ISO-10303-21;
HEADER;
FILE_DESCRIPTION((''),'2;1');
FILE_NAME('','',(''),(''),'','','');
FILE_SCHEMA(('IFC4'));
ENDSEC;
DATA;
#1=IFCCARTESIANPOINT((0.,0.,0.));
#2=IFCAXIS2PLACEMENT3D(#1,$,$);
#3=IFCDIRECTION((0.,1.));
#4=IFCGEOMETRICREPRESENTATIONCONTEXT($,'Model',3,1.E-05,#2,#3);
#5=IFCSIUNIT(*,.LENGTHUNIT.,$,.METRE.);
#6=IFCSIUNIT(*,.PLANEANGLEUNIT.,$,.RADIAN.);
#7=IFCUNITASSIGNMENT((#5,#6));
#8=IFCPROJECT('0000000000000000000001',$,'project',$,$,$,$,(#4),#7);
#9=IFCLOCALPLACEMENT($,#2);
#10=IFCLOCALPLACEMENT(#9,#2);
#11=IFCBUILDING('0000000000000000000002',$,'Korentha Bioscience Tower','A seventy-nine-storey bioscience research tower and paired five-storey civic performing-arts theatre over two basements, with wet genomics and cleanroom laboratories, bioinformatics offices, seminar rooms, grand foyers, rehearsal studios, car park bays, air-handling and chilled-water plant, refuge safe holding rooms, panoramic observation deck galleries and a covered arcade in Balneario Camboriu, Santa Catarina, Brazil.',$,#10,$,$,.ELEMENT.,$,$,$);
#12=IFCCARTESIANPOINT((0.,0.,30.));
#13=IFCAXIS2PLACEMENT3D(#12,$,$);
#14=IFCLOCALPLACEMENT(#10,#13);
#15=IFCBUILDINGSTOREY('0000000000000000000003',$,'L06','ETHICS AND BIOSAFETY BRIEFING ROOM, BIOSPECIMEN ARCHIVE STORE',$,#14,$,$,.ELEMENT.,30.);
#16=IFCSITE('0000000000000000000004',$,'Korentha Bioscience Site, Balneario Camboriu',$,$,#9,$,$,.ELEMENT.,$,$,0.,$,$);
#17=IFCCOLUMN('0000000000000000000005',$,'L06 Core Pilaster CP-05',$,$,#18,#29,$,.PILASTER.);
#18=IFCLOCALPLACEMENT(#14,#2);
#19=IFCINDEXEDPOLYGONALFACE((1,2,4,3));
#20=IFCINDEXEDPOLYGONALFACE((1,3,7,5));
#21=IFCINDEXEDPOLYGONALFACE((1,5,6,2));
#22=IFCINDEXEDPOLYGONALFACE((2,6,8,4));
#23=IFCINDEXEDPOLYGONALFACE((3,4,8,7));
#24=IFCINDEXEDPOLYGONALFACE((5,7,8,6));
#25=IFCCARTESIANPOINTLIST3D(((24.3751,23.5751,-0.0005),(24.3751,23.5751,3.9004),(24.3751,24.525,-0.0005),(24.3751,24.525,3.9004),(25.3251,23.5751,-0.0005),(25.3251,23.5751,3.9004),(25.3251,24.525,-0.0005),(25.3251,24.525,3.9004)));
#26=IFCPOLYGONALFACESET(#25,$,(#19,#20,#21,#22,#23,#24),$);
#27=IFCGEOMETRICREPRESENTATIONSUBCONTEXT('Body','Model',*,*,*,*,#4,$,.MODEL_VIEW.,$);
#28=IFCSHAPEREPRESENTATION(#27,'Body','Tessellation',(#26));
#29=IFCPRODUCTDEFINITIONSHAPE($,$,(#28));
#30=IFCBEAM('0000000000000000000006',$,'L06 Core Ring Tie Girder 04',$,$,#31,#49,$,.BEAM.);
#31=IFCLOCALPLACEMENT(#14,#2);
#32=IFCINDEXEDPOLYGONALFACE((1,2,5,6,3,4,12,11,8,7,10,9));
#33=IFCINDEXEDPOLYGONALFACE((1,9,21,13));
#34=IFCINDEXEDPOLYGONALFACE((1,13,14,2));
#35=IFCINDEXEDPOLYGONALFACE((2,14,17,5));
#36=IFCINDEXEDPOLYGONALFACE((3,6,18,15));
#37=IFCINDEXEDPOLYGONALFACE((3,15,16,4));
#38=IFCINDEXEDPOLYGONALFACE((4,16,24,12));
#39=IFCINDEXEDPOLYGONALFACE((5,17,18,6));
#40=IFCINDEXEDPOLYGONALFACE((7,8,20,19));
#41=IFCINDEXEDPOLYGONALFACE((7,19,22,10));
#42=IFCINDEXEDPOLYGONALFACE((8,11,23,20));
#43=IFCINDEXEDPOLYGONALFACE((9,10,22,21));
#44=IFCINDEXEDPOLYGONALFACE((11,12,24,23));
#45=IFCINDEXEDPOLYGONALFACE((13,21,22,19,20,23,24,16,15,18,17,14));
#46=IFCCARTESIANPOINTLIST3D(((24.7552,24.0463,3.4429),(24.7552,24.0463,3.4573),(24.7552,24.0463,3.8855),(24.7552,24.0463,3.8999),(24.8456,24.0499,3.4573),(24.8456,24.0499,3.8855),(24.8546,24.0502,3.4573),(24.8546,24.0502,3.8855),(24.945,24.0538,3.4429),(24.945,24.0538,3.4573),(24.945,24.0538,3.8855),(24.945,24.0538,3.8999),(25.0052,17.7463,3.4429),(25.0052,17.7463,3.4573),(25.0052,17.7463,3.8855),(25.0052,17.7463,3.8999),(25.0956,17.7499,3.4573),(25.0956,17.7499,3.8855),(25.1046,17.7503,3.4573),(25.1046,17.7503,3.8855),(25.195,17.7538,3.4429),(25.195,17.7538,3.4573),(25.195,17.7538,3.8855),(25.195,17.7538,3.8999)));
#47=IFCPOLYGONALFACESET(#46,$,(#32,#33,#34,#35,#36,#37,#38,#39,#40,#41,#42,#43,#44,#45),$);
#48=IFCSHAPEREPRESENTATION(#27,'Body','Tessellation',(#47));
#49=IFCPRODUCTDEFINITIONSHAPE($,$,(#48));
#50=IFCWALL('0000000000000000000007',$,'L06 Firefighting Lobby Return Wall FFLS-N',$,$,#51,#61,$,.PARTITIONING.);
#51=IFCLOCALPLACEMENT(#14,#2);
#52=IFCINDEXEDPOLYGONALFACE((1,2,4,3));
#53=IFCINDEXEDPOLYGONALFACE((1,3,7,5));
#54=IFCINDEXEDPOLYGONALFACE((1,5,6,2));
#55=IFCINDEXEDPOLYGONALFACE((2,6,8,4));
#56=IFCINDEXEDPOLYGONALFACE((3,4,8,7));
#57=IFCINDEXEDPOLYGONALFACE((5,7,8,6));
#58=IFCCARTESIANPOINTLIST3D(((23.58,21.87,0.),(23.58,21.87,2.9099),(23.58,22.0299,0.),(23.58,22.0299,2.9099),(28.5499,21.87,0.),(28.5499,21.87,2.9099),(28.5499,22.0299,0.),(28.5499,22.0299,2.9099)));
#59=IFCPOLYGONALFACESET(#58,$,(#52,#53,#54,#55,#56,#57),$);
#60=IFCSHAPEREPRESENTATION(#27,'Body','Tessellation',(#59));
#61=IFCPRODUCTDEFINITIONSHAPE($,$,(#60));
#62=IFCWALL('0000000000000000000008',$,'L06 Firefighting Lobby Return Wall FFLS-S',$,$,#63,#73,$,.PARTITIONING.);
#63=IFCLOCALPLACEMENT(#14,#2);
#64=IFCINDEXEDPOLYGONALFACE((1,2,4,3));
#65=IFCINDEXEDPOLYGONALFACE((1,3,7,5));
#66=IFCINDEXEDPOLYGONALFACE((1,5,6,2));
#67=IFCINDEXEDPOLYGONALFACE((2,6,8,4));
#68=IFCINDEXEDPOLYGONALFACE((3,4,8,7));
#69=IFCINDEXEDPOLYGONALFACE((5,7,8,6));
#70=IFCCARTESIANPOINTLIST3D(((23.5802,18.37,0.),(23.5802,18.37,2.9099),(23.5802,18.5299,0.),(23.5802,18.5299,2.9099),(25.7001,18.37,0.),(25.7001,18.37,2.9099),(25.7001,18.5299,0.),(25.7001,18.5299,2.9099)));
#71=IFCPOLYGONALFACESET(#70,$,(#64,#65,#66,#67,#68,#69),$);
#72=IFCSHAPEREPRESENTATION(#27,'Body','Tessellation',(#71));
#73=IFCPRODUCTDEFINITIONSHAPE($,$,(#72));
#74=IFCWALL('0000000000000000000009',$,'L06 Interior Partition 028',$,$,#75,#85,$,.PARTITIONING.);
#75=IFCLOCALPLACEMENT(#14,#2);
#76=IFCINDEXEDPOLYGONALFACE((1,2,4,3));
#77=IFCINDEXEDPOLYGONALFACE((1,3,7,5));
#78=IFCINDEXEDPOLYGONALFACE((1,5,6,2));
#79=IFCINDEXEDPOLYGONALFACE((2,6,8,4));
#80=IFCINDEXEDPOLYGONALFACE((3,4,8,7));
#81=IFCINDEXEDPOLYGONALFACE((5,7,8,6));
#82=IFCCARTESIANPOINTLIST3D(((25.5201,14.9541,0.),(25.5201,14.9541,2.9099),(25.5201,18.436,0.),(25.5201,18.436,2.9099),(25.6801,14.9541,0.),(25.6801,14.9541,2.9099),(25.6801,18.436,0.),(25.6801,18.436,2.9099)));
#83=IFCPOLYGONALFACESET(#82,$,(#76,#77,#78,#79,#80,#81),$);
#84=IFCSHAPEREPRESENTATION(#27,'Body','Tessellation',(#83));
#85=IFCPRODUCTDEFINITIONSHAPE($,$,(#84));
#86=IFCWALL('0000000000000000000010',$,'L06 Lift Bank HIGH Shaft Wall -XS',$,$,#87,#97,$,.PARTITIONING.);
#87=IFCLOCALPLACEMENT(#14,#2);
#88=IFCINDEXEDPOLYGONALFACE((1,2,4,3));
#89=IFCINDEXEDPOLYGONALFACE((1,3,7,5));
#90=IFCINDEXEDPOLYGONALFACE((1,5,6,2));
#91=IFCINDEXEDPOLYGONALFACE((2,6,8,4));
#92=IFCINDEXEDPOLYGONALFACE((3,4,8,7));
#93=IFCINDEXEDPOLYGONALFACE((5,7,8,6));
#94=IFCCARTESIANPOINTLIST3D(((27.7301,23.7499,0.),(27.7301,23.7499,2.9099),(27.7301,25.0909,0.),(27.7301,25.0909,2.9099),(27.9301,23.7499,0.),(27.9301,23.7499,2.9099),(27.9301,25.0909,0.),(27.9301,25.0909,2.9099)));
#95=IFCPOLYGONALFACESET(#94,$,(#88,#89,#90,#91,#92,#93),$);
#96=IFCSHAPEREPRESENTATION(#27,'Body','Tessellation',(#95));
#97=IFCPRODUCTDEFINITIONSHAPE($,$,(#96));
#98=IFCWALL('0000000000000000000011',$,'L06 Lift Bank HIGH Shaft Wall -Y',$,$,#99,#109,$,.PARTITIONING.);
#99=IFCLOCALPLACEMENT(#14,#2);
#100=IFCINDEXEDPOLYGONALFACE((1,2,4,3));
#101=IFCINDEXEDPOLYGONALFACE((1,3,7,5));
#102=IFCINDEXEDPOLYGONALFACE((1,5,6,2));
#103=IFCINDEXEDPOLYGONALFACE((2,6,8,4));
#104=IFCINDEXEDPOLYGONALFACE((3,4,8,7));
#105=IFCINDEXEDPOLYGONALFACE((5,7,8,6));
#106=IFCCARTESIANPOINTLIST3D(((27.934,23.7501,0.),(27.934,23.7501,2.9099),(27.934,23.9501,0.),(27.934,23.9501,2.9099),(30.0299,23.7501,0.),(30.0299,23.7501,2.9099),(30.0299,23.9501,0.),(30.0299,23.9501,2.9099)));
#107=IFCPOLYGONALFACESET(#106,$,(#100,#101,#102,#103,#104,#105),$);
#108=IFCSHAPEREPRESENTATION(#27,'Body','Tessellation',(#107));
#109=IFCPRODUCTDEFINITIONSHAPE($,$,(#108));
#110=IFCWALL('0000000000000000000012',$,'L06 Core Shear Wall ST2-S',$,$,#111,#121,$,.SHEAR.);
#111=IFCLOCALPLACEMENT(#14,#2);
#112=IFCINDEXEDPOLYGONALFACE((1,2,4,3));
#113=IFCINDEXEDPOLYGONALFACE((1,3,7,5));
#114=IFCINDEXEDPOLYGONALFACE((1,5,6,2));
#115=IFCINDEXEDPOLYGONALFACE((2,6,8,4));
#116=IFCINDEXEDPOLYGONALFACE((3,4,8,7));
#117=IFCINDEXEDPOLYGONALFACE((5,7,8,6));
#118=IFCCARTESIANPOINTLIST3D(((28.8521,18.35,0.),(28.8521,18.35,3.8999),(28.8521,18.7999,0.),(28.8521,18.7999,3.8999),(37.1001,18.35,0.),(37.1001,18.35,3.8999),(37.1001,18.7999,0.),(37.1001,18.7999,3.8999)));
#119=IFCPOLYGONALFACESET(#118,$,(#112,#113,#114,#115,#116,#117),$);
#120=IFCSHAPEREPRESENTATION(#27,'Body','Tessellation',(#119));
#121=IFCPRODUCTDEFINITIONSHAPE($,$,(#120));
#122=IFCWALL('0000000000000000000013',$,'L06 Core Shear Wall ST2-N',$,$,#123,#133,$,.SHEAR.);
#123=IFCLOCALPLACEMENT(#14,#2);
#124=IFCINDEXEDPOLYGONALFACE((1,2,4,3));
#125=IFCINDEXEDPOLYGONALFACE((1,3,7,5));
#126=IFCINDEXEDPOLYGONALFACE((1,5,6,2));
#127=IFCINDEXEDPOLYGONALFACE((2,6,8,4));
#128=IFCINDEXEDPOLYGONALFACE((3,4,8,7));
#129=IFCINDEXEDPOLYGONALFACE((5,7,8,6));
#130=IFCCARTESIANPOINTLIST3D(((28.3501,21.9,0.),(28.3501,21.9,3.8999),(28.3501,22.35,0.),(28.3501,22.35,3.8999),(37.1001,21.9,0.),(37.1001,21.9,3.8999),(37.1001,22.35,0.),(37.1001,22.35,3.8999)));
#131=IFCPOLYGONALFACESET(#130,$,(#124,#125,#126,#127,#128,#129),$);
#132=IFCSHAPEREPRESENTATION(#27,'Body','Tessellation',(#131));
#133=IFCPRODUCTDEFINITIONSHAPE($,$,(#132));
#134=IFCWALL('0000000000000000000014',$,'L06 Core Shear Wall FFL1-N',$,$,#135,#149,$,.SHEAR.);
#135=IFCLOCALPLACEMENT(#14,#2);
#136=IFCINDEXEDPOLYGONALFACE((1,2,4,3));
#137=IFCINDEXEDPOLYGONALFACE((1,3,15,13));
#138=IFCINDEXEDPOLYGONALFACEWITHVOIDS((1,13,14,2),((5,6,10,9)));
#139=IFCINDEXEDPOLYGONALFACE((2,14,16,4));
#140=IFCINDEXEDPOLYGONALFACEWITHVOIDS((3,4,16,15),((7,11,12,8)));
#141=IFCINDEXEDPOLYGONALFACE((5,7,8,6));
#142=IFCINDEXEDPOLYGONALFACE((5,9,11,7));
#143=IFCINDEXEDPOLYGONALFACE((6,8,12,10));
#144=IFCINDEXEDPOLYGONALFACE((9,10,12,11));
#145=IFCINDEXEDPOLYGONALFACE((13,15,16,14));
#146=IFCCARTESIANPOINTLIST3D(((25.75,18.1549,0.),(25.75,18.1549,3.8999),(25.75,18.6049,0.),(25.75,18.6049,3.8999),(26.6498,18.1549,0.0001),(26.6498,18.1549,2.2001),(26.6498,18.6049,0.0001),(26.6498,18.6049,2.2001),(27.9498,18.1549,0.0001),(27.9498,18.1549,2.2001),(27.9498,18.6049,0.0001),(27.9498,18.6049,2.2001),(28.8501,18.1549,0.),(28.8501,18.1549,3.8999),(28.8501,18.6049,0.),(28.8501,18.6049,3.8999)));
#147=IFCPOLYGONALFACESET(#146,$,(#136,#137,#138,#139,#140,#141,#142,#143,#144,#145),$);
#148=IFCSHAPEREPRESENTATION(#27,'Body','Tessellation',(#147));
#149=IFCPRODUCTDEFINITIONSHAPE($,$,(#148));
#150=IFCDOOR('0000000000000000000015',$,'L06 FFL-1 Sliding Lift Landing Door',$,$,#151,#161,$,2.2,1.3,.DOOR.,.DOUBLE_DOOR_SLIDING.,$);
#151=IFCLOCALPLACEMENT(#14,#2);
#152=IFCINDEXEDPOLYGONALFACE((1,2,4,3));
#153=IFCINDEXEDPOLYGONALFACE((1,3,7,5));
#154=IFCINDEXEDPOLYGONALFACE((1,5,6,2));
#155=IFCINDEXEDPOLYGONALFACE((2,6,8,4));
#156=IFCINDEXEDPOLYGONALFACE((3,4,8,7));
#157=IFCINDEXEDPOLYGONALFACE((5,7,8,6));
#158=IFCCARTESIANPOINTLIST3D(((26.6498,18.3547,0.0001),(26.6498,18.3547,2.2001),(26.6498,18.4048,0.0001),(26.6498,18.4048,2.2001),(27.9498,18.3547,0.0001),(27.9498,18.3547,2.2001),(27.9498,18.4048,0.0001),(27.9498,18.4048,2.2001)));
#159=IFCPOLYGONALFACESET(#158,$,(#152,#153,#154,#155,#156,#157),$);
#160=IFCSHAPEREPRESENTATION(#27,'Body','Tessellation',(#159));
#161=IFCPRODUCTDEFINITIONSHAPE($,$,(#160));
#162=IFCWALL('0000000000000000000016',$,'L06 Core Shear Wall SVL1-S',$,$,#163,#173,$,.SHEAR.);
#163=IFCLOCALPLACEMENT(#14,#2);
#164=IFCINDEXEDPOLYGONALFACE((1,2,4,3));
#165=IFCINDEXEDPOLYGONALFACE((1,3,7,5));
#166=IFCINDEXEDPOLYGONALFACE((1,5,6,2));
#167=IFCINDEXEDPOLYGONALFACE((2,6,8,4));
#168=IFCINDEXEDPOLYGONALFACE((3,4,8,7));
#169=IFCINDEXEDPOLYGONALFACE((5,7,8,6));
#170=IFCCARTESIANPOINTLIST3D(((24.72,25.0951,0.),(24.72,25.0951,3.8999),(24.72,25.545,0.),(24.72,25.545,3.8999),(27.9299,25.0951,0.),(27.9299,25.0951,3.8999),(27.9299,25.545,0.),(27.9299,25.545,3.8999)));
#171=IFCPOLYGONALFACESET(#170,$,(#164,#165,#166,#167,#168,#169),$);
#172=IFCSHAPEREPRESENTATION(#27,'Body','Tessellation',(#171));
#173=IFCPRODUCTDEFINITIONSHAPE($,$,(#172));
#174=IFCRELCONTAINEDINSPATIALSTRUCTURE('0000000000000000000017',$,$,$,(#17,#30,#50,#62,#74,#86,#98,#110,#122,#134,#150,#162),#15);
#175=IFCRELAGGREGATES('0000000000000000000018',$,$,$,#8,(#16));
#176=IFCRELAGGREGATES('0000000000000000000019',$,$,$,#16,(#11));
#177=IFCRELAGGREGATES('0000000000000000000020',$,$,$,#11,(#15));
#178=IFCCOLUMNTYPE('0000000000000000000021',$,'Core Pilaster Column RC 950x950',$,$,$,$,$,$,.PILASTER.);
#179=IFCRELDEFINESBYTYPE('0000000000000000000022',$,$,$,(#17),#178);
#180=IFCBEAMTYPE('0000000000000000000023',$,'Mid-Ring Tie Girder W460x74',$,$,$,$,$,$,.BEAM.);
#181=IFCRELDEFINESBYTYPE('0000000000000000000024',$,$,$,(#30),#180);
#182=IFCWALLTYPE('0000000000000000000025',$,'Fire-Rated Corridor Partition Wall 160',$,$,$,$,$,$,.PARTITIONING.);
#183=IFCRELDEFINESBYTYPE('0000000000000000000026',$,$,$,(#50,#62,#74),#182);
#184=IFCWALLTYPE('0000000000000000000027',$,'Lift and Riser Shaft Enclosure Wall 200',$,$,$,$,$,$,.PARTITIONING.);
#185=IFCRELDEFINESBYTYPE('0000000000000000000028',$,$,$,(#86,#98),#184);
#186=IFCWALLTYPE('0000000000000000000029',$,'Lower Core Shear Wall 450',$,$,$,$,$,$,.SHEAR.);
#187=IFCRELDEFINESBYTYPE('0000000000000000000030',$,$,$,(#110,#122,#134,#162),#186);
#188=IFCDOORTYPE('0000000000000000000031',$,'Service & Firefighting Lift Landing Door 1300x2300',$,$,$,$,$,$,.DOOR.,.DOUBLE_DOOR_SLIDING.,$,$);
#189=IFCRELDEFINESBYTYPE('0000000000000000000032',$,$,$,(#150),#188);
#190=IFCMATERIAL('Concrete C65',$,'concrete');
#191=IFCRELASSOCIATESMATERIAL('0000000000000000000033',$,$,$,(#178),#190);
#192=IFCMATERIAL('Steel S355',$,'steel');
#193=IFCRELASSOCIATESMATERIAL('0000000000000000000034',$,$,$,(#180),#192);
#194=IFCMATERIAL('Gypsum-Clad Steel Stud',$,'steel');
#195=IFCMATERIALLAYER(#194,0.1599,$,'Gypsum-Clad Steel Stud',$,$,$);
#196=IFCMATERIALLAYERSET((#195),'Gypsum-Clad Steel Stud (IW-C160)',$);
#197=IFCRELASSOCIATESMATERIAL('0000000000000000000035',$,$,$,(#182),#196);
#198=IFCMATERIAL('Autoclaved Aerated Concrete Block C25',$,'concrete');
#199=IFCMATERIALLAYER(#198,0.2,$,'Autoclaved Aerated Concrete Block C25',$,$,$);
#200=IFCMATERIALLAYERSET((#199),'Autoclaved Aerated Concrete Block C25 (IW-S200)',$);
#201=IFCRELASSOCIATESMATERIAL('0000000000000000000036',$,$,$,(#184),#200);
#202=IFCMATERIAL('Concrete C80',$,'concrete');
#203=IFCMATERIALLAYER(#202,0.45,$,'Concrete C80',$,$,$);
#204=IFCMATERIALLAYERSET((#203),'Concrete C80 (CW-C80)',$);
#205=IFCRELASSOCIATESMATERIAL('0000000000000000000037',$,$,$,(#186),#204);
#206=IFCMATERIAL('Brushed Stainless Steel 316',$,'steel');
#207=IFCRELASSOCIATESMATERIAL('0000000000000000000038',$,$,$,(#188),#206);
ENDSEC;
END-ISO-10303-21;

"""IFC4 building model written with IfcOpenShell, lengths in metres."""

from ifc_helpers import new_model, si_unit, direction, frame, frame_2d, origin, origin_2d, place, context, subcontext, project, spatial, rectangle, i_section, extrude, material, layer, layer_set, material_profile, profile_set, type_object, element, fill, save


model = new_model("IFC4")

# Units and contexts
model_context = context("Model", 3, precision=1e-05, world=origin(), true_north=direction((0.0, 1.0)))
body_context = subcontext(model_context, "Body", "Model", "MODEL_VIEW")
ifc_project = project(units=[si_unit("LENGTHUNIT", "METRE"), si_unit("PLANEANGLEUNIT", "RADIAN")], contexts=[model_context])

# Site, building, storey
site_placement = place(None, origin())
site = spatial("IfcSite", under=ifc_project, at=site_placement, Name="Korentha Bioscience Site, Balneario Camboriu", CompositionType="ELEMENT", RefElevation=0.0)
building_placement = place(site_placement, origin())
building = spatial("IfcBuilding", under=site, at=building_placement, Name="Korentha Bioscience Tower", Description="A seventy-nine-storey bioscience research tower and paired five-storey civic performing-arts theatre over two basements, with wet genomics and cleanroom laboratories, bioinformatics offices, seminar rooms, grand foyers, rehearsal studios, car park bays, air-handling and chilled-water plant, refuge safe holding rooms, panoramic observation deck galleries and a covered arcade in Balneario Camboriu, Santa Catarina, Brazil.", CompositionType="ELEMENT")
storey_placement = place(building_placement, frame((0.0, 0.0, 30.0)))
storey = spatial("IfcBuildingStorey", under=building, at=storey_placement, Name="L06", Description="ETHICS AND BIOSAFETY BRIEFING ROOM, BIOSPECIMEN ARCHIVE STORE", CompositionType="ELEMENT", Elevation=30.0)

# Column
ifc_material_1 = material(Name="Concrete C65", Category="concrete")
ifc_material_profile_1 = material_profile(ifc_material_1, rectangle(XDim=0.95, YDim=0.95, at=origin_2d()), Name="Concrete C65")
ifc_profile_set_1 = profile_set([ifc_material_profile_1], Name="Concrete C65 (COL-CP09)")
column_type = type_object("IfcColumnType", Name="Core Pilaster Column RC 950x950", PredefinedType="PILASTER", material=ifc_profile_set_1)
column_placement = place(storey_placement, frame((24.8501, 24.05, -0.0005), z_axis=(0.0, 0.0, 1.0), x_axis=(1.0, 0.0, 0.0)))
element("IfcColumn", 1, at=column_placement, inside=storey, type_object=column_type, Name="L06 Core Pilaster CP-05", PredefinedType="PILASTER", context=body_context, shape_type="SweptSolid", body=[
    extrude(rectangle(XDim=0.95, YDim=0.95, at=origin_2d()), origin(), (0.0, 0.0, 1.0), 3.9009),
])

# Beam
ifc_material_2 = material(Name="Steel S355", Category="steel")
ifc_material_profile_2 = material_profile(ifc_material_2, i_section(OverallWidth=0.1899, OverallDepth=0.457, WebThickness=0.009, FlangeThickness=0.0144, at=origin_2d()), Name="Steel S355")
ifc_profile_set_2 = profile_set([ifc_material_profile_2], Name="Steel S355 (MB-460)")
beam_type = type_object("IfcBeamType", Name="Mid-Ring Tie Girder W460x74", PredefinedType="BEAM", material=ifc_profile_set_2)
beam_placement = place(storey_placement, frame((24.8501, 24.05, 3.6714), z_axis=(0.039651, -0.999214, 0.0), x_axis=(0.999214, 0.039651, 0.0)))
element("IfcBeam", 2, at=beam_placement, inside=storey, type_object=beam_type, Name="L06 Core Ring Tie Girder 04", PredefinedType="BEAM", context=body_context, shape_type="SweptSolid", body=[
    extrude(i_section(OverallWidth=0.1899, OverallDepth=0.457, WebThickness=0.009, FlangeThickness=0.0144, at=origin_2d()), origin(), (0.0, 0.0, 1.0), 6.3049),
])

# Walls
ifc_material_3 = material(Name="Gypsum-Clad Steel Stud", Category="steel")
ifc_layer_1 = layer(ifc_material_3, 0.1599, Name="Gypsum-Clad Steel Stud")
ifc_layer_set_1 = layer_set([ifc_layer_1], Name="Gypsum-Clad Steel Stud (IW-C160)")
wall_type_1 = type_object("IfcWallType", Name="Fire-Rated Corridor Partition Wall 160", PredefinedType="PARTITIONING", material=ifc_layer_set_1)
wall_1_placement = place(storey_placement, frame((23.5801, 21.95, 0.0), z_axis=(0.0, 0.0, 1.0), x_axis=(1.0, 0.0, 0.0)))
element("IfcWall", 3, at=wall_1_placement, inside=storey, type_object=wall_type_1, Name="L06 Firefighting Lobby Return Wall FFLS-N", PredefinedType="PARTITIONING", context=body_context, shape_type="SweptSolid", body=[
    extrude(rectangle(XDim=4.97, YDim=0.1599, at=frame_2d((2.4849, 0.0))), origin(), (0.0, 0.0, 1.0), 2.9099),
])
wall_2_placement = place(storey_placement, frame((23.5801, 18.45, 0.0), z_axis=(0.0, 0.0, 1.0), x_axis=(1.0, 0.0, 0.0)))
element("IfcWall", 4, at=wall_2_placement, inside=storey, type_object=wall_type_1, Name="L06 Firefighting Lobby Return Wall FFLS-S", PredefinedType="PARTITIONING", context=body_context, shape_type="SweptSolid", body=[
    extrude(rectangle(XDim=2.1199, YDim=0.1599, at=frame_2d((1.0601, 0.0))), origin(), (0.0, 0.0, 1.0), 2.9099),
])
wall_3_placement = place(storey_placement, frame((25.6001, 18.436, 0.0), z_axis=(0.0, 0.0, 1.0), x_axis=(0.0, -1.0, 0.0)))
element("IfcWall", 5, at=wall_3_placement, inside=storey, type_object=wall_type_1, Name="L06 Interior Partition 028", PredefinedType="PARTITIONING", context=body_context, shape_type="SweptSolid", body=[
    extrude(rectangle(XDim=3.4819, YDim=0.1599, at=frame_2d((1.741, 0.0))), origin(), (0.0, 0.0, 1.0), 2.9099),
])
ifc_material_4 = material(Name="Autoclaved Aerated Concrete Block C25", Category="concrete")
ifc_layer_2 = layer(ifc_material_4, 0.2, Name="Autoclaved Aerated Concrete Block C25")
ifc_layer_set_2 = layer_set([ifc_layer_2], Name="Autoclaved Aerated Concrete Block C25 (IW-S200)")
wall_type_2 = type_object("IfcWallType", Name="Lift and Riser Shaft Enclosure Wall 200", PredefinedType="PARTITIONING", material=ifc_layer_set_2)
wall_4_placement = place(storey_placement, frame((27.8301, 23.75, 0.0), z_axis=(0.0, 0.0, 1.0), x_axis=(0.0, 1.0, 0.0)))
element("IfcWall", 6, at=wall_4_placement, inside=storey, type_object=wall_type_2, Name="L06 Lift Bank HIGH Shaft Wall -XS", PredefinedType="PARTITIONING", context=body_context, shape_type="SweptSolid", body=[
    extrude(rectangle(XDim=1.3411, YDim=0.2, at=frame_2d((0.6704, 0.0))), origin(), (0.0, 0.0, 1.0), 2.9099),
])
wall_5_placement = place(storey_placement, frame((27.9341, 23.8501, 0.0), z_axis=(0.0, 0.0, 1.0), x_axis=(1.0, 0.0, 0.0)))
element("IfcWall", 7, at=wall_5_placement, inside=storey, type_object=wall_type_2, Name="L06 Lift Bank HIGH Shaft Wall -Y", PredefinedType="PARTITIONING", context=body_context, shape_type="SweptSolid", body=[
    extrude(rectangle(XDim=2.0959, YDim=0.2, at=frame_2d((1.0479, 0.0))), origin(), (0.0, 0.0, 1.0), 2.9099),
])
ifc_material_5 = material(Name="Concrete C80", Category="concrete")
ifc_layer_3 = layer(ifc_material_5, 0.45, Name="Concrete C80")
ifc_layer_set_3 = layer_set([ifc_layer_3], Name="Concrete C80 (CW-C80)")
wall_type_3 = type_object("IfcWallType", Name="Lower Core Shear Wall 450", PredefinedType="SHEAR", material=ifc_layer_set_3)
wall_6_placement = place(storey_placement, frame((28.8521, 18.575, 0.0), z_axis=(0.0, 0.0, 1.0), x_axis=(1.0, 0.0, 0.0)))
element("IfcWall", 8, at=wall_6_placement, inside=storey, type_object=wall_type_3, Name="L06 Core Shear Wall ST2-S", PredefinedType="SHEAR", context=body_context, shape_type="SweptSolid", body=[
    extrude(rectangle(XDim=8.248, YDim=0.45, at=frame_2d((4.124, 0.0))), origin(), (0.0, 0.0, 1.0), 3.8999),
])
wall_7_placement = place(storey_placement, frame((28.3501, 22.125, 0.0), z_axis=(0.0, 0.0, 1.0), x_axis=(1.0, 0.0, 0.0)))
element("IfcWall", 9, at=wall_7_placement, inside=storey, type_object=wall_type_3, Name="L06 Core Shear Wall ST2-N", PredefinedType="SHEAR", context=body_context, shape_type="SweptSolid", body=[
    extrude(rectangle(XDim=8.75, YDim=0.45, at=frame_2d((4.375, 0.0))), origin(), (0.0, 0.0, 1.0), 3.8999),
])

# Wall, opening, door
wall_8_placement = place(storey_placement, frame((25.75, 18.3799, 0.0), z_axis=(0.0, 0.0, 1.0), x_axis=(1.0, 0.0, 0.0)))
wall_8 = element("IfcWall", 10, at=wall_8_placement, inside=storey, type_object=wall_type_3, Name="L06 Core Shear Wall FFL1-N", PredefinedType="SHEAR", context=body_context, shape_type="SweptSolid", body=[
    extrude(rectangle(XDim=3.1001, YDim=0.45, at=frame_2d((1.55, 0.0))), origin(), (0.0, 0.0, 1.0), 3.8999),
])
opening_1_placement = place(wall_8_placement, frame((0.8999, 0.0, 0.0)))
opening_1 = element("IfcOpeningElement", 11, at=opening_1_placement, cuts=wall_8, PredefinedType="OPENING", context=body_context, shape_type="SweptSolid", body=[
    extrude(rectangle(XDim=1.3, YDim=2.2, at=frame_2d((0.6499, 1.1001))), frame((0.0, 0.2397, 0.0), z_axis=(0.0, -1.0, 0.0), x_axis=(1.0, 0.0, 0.0)), (0.0, 0.0, 1.0), 0.4797),
])
ifc_material_6 = material(Name="Brushed Stainless Steel 316", Category="steel")
door_type_1 = type_object("IfcDoorType", Name="Service & Firefighting Lift Landing Door 1300x2300", OperationType="DOUBLE_DOOR_SLIDING", PredefinedType="DOOR", material=ifc_material_6)
door_1_placement = place(opening_1_placement, origin())
door_1 = element("IfcDoor", 12, at=door_1_placement, inside=storey, type_object=door_type_1, Name="L06 FFL-1 Sliding Lift Landing Door", OperationType="DOUBLE_DOOR_SLIDING", OverallHeight=2.2, OverallWidth=1.3, PredefinedType="DOOR", context=body_context, shape_type="SweptSolid", body=[
    extrude(rectangle(XDim=1.3, YDim=2.2, at=frame_2d((0.6499, 1.1001))), frame((0.0, 0.0249, 0.0), z_axis=(0.0, -1.0, 0.0), x_axis=(1.0, 0.0, 0.0)), (0.0, 0.0, 1.0), 0.05),
])
fill(opening_1, door_1)

# Wall
wall_9_placement = place(storey_placement, frame((24.72, 25.3201, 0.0), z_axis=(0.0, 0.0, 1.0), x_axis=(1.0, 0.0, 0.0)))
element("IfcWall", 13, at=wall_9_placement, inside=storey, type_object=wall_type_3, Name="L06 Core Shear Wall SVL1-S", PredefinedType="SHEAR", context=body_context, shape_type="SweptSolid", body=[
    extrude(rectangle(XDim=3.21, YDim=0.45, at=frame_2d((1.605, 0.0))), origin(), (0.0, 0.0, 1.0), 3.8999),
])

save(model, "model.ifc")
